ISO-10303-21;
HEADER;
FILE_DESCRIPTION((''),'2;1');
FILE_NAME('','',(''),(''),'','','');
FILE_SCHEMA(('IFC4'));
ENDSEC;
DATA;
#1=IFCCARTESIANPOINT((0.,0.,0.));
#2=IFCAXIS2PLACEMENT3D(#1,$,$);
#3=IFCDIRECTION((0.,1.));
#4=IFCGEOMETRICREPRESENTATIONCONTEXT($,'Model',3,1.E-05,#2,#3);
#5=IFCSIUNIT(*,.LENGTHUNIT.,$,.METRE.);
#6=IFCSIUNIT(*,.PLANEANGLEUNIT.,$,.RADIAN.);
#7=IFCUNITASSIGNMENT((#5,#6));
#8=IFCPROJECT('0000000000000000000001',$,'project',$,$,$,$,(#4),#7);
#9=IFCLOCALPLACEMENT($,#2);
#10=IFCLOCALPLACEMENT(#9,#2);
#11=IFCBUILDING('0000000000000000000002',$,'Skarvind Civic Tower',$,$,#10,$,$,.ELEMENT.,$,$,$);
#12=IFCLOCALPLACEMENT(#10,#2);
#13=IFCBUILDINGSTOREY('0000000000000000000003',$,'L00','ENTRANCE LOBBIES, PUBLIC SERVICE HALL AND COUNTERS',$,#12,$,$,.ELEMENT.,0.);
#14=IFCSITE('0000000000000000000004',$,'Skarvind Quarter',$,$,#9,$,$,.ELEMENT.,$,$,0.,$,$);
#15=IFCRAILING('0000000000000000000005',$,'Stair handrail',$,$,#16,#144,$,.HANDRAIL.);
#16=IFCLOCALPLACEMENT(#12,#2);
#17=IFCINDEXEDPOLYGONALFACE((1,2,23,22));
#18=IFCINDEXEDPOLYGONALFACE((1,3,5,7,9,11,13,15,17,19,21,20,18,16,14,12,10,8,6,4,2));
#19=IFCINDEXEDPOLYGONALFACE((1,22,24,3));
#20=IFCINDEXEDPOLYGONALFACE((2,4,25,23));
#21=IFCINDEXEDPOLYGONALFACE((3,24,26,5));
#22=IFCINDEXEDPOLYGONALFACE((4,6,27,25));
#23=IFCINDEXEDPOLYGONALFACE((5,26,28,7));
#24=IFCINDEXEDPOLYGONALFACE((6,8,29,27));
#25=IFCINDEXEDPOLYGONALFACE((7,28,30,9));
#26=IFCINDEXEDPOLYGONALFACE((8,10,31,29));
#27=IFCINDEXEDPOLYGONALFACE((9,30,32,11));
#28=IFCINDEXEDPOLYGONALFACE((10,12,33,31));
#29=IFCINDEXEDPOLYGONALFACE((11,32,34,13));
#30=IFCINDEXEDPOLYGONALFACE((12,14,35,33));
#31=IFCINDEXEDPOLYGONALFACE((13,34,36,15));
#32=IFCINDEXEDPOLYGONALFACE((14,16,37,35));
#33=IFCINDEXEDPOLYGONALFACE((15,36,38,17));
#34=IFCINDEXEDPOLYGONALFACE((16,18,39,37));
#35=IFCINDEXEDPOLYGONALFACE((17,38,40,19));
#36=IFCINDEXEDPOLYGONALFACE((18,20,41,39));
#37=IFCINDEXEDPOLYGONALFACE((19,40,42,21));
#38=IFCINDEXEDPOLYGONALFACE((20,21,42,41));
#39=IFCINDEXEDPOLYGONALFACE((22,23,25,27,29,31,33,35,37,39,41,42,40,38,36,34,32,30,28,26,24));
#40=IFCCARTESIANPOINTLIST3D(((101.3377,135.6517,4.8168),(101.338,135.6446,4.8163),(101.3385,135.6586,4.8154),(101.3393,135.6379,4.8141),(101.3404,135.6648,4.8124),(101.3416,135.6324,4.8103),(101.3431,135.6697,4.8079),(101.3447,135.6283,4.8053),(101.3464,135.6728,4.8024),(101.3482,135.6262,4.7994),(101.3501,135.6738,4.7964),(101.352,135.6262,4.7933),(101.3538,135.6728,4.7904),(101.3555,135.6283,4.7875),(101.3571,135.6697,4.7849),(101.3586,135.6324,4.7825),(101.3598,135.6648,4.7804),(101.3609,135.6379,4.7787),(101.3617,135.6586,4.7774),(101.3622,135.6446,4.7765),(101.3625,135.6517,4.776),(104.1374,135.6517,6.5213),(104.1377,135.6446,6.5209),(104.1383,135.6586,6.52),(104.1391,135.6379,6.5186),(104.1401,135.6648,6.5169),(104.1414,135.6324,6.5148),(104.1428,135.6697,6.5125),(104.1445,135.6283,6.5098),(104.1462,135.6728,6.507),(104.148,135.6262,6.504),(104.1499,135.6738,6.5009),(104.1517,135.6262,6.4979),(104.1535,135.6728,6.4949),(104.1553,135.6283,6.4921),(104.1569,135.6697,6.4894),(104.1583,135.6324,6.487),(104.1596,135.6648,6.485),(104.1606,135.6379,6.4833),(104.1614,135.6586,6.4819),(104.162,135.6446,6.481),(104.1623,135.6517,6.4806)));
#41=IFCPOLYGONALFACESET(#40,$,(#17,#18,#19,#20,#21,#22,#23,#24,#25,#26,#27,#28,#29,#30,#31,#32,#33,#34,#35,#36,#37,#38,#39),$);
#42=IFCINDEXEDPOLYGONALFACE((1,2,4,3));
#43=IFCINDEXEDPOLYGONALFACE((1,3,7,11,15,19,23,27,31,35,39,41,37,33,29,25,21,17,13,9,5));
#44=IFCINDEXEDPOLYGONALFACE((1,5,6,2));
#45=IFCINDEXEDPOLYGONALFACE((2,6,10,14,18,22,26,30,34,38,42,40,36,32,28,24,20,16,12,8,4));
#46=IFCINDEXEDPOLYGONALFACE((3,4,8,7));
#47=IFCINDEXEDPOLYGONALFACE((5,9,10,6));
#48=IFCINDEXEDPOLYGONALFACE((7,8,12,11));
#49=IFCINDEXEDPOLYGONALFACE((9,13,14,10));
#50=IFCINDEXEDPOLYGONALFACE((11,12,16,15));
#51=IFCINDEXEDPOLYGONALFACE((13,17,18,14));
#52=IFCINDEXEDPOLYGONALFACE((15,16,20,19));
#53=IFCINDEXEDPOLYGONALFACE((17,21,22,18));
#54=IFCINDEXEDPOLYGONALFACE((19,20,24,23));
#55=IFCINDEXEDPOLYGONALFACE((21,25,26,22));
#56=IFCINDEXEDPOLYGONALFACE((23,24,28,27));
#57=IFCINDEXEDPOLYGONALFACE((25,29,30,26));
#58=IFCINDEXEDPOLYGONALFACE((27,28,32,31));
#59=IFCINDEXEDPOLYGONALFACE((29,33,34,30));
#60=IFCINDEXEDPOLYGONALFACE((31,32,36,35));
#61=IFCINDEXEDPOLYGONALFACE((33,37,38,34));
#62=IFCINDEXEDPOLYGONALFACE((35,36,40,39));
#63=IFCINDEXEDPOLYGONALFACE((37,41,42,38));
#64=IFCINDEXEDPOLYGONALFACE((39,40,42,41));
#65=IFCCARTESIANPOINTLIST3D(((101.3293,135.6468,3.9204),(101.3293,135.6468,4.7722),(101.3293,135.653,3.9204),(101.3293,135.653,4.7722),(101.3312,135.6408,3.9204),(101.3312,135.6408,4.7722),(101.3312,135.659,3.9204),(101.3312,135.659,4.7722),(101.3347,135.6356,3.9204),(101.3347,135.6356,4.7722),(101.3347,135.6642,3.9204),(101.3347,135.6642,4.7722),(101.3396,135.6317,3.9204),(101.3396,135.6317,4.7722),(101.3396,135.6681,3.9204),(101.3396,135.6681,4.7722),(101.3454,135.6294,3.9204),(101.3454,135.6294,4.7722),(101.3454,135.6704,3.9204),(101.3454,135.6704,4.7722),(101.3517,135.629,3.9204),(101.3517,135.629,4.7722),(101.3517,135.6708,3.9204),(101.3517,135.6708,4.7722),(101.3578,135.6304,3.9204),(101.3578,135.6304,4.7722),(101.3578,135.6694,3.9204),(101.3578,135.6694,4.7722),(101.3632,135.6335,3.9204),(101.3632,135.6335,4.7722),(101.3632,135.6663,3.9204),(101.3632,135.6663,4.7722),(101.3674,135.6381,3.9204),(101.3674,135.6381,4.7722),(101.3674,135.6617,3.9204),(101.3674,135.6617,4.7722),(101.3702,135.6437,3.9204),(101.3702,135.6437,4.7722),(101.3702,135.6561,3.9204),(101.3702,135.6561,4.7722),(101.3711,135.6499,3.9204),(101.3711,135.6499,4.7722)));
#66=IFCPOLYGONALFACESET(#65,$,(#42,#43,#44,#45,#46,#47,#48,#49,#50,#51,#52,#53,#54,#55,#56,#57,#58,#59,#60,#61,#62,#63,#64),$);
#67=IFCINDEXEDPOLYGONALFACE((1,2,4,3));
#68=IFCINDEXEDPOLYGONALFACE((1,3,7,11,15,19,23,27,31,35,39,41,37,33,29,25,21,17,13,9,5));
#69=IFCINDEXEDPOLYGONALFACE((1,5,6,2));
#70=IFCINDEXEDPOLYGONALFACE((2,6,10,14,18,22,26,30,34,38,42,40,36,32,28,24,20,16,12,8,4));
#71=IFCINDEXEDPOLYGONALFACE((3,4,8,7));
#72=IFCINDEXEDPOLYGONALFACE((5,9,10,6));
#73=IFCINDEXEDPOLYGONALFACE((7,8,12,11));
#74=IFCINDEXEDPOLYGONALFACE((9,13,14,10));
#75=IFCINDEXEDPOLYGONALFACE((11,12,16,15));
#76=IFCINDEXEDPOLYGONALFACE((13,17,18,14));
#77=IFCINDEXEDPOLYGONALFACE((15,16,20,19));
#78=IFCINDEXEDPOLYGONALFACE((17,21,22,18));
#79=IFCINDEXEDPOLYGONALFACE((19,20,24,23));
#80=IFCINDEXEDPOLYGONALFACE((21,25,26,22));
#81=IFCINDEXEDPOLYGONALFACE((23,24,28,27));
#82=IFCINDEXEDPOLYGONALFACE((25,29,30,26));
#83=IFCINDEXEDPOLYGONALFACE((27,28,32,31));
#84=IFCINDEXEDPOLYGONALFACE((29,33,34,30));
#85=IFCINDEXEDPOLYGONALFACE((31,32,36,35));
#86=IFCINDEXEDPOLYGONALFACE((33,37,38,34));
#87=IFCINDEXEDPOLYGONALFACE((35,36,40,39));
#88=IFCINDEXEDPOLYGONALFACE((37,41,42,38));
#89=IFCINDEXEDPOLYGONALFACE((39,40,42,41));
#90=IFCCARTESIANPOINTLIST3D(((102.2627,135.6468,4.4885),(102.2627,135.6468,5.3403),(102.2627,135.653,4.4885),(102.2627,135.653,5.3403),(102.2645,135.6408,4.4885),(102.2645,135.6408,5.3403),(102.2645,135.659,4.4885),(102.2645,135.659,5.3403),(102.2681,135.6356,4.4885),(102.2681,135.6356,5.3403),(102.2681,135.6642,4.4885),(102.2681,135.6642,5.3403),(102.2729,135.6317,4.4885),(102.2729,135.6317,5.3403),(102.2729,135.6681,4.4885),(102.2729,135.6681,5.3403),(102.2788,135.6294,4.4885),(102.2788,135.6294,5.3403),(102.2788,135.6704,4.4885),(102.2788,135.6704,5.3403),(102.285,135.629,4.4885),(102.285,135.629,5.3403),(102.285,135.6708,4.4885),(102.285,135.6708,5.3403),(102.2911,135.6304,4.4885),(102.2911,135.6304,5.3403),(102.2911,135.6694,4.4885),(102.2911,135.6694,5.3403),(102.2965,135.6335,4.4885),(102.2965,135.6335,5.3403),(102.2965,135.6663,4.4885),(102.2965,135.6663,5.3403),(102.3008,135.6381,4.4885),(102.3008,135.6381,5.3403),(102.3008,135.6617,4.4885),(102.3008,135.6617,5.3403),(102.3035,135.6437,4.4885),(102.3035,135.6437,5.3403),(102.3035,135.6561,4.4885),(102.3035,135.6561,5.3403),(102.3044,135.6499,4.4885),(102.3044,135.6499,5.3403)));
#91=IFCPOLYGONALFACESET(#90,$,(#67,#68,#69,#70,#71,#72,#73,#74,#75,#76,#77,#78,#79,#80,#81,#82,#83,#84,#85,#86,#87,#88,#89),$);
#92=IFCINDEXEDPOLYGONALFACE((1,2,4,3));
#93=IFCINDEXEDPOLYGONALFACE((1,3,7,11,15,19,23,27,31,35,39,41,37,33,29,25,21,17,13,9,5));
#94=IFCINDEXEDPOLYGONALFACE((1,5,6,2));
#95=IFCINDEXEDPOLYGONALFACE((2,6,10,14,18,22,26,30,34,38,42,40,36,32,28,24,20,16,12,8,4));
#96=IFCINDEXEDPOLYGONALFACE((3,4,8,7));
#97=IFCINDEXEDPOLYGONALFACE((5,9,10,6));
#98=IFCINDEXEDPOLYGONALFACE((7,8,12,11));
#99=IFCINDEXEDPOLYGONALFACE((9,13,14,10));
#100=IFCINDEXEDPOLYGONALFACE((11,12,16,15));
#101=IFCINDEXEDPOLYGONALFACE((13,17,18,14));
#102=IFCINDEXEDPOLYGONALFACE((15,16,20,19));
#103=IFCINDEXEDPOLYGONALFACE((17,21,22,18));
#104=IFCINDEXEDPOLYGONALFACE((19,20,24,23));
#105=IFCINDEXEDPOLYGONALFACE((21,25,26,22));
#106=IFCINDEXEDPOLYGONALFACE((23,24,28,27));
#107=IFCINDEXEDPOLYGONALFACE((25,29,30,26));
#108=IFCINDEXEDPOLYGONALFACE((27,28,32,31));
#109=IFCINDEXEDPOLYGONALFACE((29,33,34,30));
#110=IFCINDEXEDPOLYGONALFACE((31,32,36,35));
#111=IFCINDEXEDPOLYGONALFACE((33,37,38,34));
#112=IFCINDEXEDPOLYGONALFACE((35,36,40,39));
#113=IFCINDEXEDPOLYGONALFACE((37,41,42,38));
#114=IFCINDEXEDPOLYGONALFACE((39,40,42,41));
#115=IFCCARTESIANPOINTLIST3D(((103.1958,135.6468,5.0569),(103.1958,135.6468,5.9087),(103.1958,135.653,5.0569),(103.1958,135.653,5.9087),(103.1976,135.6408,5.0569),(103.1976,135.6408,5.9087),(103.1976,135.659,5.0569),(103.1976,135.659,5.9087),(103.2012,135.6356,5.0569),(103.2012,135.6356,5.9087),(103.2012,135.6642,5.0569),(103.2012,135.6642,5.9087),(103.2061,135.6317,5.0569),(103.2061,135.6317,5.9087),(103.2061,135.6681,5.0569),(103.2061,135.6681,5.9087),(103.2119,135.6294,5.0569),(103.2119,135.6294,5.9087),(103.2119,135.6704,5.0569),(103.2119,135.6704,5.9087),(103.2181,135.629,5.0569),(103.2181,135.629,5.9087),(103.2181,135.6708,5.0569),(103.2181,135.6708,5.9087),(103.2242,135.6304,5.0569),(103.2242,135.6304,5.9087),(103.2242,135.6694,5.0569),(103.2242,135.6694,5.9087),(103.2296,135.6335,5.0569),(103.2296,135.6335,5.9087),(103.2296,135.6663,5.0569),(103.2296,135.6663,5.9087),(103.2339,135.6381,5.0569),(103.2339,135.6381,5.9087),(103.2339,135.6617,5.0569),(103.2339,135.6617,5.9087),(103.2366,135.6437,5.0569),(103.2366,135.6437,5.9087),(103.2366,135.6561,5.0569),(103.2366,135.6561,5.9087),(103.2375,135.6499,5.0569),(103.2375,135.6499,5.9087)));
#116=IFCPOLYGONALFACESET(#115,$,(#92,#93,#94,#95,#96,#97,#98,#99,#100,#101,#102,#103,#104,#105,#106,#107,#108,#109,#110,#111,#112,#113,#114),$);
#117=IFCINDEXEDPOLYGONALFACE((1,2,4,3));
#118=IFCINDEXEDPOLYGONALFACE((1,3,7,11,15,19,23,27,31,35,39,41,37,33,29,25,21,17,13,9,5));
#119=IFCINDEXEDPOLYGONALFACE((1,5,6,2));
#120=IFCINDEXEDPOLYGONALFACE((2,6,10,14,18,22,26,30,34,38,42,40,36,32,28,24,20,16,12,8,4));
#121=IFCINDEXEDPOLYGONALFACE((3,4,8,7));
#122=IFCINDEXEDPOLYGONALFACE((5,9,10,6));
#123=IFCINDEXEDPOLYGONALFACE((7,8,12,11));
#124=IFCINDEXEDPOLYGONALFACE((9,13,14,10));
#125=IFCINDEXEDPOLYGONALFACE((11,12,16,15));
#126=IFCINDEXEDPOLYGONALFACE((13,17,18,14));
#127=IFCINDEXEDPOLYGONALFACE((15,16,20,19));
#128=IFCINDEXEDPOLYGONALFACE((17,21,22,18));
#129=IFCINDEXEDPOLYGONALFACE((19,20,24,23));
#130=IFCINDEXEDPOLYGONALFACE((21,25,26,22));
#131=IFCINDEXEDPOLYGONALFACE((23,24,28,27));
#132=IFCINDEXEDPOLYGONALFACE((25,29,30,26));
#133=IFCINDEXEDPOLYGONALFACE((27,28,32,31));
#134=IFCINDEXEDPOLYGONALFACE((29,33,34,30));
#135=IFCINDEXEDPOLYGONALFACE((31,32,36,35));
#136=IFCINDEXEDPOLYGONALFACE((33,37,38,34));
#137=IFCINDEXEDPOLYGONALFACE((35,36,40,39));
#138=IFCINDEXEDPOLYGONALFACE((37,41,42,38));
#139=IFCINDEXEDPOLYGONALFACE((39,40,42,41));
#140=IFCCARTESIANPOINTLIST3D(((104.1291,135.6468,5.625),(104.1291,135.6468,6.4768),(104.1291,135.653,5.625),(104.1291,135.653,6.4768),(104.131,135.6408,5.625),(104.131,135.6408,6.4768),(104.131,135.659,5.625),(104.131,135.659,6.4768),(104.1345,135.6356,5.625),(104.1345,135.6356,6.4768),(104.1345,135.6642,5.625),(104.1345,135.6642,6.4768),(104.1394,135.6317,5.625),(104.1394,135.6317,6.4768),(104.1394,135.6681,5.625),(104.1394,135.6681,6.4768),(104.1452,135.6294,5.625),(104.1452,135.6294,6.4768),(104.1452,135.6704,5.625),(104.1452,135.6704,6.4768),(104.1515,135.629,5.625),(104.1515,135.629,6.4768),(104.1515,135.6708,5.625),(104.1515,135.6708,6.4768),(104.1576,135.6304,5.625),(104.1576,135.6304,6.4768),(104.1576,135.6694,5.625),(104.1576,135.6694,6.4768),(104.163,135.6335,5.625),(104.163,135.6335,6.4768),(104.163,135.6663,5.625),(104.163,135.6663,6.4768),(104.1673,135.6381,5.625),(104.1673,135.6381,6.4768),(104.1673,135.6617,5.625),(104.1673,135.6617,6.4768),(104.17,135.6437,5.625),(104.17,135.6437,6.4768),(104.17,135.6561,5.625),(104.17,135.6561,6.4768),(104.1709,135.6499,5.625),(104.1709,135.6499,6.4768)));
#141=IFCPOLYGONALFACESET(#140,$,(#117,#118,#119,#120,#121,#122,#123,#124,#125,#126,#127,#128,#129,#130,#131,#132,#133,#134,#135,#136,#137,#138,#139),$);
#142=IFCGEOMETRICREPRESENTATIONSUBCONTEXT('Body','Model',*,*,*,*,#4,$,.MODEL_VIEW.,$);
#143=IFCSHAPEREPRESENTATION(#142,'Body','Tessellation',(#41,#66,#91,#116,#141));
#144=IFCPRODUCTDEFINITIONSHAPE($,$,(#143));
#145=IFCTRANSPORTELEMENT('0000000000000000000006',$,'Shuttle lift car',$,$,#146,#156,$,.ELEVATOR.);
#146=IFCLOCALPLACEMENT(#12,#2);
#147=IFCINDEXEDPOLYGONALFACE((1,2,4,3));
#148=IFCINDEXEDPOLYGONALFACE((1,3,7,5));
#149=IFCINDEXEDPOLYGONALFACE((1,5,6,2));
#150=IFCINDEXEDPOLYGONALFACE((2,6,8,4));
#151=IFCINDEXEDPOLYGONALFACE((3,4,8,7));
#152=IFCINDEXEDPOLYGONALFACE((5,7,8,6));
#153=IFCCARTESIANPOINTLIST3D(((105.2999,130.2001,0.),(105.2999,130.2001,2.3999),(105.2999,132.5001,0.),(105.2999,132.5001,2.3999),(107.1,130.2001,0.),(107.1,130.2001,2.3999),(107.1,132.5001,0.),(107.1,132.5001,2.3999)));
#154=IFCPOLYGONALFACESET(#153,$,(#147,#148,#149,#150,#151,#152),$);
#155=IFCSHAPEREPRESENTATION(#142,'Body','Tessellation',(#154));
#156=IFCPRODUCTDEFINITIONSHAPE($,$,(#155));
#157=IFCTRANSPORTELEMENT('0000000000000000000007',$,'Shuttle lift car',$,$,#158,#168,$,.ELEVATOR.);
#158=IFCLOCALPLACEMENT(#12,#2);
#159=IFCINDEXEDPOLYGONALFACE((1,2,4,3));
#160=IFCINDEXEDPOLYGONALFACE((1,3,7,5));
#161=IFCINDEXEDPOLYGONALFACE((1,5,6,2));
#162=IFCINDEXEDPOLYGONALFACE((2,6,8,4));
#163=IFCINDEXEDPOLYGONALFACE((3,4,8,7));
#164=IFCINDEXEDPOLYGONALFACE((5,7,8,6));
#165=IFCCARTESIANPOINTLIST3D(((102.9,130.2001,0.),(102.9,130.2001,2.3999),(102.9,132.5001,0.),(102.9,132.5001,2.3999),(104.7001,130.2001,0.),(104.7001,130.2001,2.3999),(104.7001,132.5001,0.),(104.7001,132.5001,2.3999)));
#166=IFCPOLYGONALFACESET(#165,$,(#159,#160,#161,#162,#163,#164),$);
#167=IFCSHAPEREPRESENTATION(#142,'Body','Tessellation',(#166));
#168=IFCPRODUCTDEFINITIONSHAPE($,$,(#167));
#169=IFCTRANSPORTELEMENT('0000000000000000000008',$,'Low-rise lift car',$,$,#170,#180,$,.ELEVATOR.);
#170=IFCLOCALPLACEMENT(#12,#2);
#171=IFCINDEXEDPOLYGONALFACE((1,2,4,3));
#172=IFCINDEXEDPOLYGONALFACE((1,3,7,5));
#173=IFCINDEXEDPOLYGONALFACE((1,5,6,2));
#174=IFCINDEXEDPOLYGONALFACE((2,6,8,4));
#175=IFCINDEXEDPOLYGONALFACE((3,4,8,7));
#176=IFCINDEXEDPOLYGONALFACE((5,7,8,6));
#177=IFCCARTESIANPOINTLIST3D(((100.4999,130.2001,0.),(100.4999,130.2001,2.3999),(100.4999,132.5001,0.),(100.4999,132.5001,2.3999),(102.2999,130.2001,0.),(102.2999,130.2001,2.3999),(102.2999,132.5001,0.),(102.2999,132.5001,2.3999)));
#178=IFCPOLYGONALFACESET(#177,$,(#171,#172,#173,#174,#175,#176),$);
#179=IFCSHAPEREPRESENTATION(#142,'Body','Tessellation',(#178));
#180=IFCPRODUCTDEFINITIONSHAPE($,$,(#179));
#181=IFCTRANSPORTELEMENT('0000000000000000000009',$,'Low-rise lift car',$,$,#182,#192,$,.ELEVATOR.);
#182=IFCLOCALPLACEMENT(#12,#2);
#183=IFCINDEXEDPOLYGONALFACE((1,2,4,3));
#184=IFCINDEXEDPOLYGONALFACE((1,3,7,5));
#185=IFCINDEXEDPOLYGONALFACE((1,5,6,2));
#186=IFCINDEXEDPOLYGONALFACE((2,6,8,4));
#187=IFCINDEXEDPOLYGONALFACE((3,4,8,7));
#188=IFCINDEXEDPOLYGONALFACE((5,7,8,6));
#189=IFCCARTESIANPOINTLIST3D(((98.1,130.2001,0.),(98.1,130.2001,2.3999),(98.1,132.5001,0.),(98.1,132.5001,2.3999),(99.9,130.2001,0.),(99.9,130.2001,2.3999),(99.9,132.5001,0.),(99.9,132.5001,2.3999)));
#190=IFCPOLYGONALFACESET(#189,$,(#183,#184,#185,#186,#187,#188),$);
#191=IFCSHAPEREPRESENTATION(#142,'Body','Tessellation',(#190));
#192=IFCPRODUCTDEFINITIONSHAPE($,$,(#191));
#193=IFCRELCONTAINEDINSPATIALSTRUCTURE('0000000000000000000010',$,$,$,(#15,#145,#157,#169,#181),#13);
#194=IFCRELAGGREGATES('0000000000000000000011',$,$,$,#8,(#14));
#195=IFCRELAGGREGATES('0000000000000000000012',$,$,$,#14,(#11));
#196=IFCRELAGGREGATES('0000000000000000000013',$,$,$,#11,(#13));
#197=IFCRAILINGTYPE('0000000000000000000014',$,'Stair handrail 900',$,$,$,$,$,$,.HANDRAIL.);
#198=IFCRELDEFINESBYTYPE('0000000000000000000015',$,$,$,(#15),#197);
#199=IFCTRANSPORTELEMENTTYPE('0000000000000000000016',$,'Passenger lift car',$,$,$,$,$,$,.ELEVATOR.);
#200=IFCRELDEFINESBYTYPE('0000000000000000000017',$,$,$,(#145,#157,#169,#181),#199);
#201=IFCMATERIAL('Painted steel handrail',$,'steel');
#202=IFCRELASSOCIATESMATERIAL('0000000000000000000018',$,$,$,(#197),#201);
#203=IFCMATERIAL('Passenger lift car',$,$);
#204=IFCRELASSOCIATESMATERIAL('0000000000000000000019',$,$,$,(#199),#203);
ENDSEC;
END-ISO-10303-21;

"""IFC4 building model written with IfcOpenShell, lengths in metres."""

from ifc_helpers import new_model, si_unit, direction, frame, origin, origin_2d, place, context, subcontext, project, spatial, rectangle, circle, extrude, material, type_object, element, save


model = new_model("IFC4")

# Units and contexts
model_context = context("Model", 3, precision=1e-05, world=origin(), true_north=direction((0.0, 1.0)))
body_context = subcontext(model_context, "Body", "Model", "MODEL_VIEW")
ifc_project = project(units=[si_unit("LENGTHUNIT", "METRE"), si_unit("PLANEANGLEUNIT", "RADIAN")], contexts=[model_context])

# Site, building, storey
site_placement = place(None, origin())
site = spatial("IfcSite", under=ifc_project, at=site_placement, Name="Skarvind Quarter", CompositionType="ELEMENT", RefElevation=0.0)
building_placement = place(site_placement, origin())
building = spatial("IfcBuilding", under=site, at=building_placement, Name="Skarvind Civic Tower", CompositionType="ELEMENT")
storey_placement = place(building_placement, origin())
storey = spatial("IfcBuildingStorey", under=building, at=storey_placement, Name="L00", Description="ENTRANCE LOBBIES, PUBLIC SERVICE HALL AND COUNTERS", CompositionType="ELEMENT", Elevation=0.0)

# Railing
ifc_material_1 = material(Name="Painted steel handrail", Category="steel")
railing_type = type_object("IfcRailingType", Name="Stair handrail 900", PredefinedType="HANDRAIL", material=ifc_material_1)
for number, where, name in (
    (1, (101.3501, 135.6499, 3.9204), "Stair handrail"),
):
    element("IfcRailing", number, at=place(storey_placement, frame(where)), inside=storey, type_object=railing_type, Name=name, PredefinedType="HANDRAIL", context=body_context, shape_type="SweptSolid", body=[
        extrude(circle(Radius=0.0239, at=origin_2d()), frame((0.0, 0.0, 0.876), z_axis=(0.85415, 0.0, 0.520027), x_axis=(0.0, 1.0, 0.0)), (0.0, 0.0, 1.0), 3.2778),
        extrude(circle(Radius=0.021, at=origin_2d()), origin(), (0.0, 0.0, 1.0), 0.8518),
        extrude(circle(Radius=0.021, at=origin_2d()), frame((0.9333, 0.0, 0.5681)), (0.0, 0.0, 1.0), 0.8518),
        extrude(circle(Radius=0.021, at=origin_2d()), frame((1.8665, 0.0, 1.1365)), (0.0, 0.0, 1.0), 0.8518),
        extrude(circle(Radius=0.021, at=origin_2d()), frame((2.7998, 0.0, 1.7046)), (0.0, 0.0, 1.0), 0.8518),
    ])

# Transport elements
ifc_material_2 = material(Name="Passenger lift car")
transport_element_type = type_object("IfcTransportElementType", Name="Passenger lift car", PredefinedType="ELEVATOR", material=ifc_material_2)
for number, where, z_axis, x_axis, name in (
    (2, (106.2, 131.3501, 0.0), (0.0, 0.0, 1.0), (-1.0, 0.0, 0.0), "Shuttle lift car"),
    (3, (103.8, 131.3501, 0.0), (0.0, 0.0, 1.0), (-1.0, 0.0, 0.0), "Shuttle lift car"),
    (4, (101.3999, 131.3501, 0.0), (0.0, 0.0, 1.0), (-1.0, 0.0, 0.0), "Low-rise lift car"),
    (5, (99.0, 131.3501, 0.0), (0.0, 0.0, 1.0), (-1.0, 0.0, 0.0), "Low-rise lift car"),
):
    element("IfcTransportElement", number, at=place(storey_placement, frame(where, z_axis=z_axis, x_axis=x_axis)), inside=storey, type_object=transport_element_type, Name=name, PredefinedType="ELEVATOR", context=body_context, shape_type="SweptSolid", body=[
        extrude(rectangle(XDim=1.8, YDim=2.3, at=origin_2d()), origin(), (0.0, 0.0, 1.0), 2.3999),
    ])

save(model, "model.ifc")
